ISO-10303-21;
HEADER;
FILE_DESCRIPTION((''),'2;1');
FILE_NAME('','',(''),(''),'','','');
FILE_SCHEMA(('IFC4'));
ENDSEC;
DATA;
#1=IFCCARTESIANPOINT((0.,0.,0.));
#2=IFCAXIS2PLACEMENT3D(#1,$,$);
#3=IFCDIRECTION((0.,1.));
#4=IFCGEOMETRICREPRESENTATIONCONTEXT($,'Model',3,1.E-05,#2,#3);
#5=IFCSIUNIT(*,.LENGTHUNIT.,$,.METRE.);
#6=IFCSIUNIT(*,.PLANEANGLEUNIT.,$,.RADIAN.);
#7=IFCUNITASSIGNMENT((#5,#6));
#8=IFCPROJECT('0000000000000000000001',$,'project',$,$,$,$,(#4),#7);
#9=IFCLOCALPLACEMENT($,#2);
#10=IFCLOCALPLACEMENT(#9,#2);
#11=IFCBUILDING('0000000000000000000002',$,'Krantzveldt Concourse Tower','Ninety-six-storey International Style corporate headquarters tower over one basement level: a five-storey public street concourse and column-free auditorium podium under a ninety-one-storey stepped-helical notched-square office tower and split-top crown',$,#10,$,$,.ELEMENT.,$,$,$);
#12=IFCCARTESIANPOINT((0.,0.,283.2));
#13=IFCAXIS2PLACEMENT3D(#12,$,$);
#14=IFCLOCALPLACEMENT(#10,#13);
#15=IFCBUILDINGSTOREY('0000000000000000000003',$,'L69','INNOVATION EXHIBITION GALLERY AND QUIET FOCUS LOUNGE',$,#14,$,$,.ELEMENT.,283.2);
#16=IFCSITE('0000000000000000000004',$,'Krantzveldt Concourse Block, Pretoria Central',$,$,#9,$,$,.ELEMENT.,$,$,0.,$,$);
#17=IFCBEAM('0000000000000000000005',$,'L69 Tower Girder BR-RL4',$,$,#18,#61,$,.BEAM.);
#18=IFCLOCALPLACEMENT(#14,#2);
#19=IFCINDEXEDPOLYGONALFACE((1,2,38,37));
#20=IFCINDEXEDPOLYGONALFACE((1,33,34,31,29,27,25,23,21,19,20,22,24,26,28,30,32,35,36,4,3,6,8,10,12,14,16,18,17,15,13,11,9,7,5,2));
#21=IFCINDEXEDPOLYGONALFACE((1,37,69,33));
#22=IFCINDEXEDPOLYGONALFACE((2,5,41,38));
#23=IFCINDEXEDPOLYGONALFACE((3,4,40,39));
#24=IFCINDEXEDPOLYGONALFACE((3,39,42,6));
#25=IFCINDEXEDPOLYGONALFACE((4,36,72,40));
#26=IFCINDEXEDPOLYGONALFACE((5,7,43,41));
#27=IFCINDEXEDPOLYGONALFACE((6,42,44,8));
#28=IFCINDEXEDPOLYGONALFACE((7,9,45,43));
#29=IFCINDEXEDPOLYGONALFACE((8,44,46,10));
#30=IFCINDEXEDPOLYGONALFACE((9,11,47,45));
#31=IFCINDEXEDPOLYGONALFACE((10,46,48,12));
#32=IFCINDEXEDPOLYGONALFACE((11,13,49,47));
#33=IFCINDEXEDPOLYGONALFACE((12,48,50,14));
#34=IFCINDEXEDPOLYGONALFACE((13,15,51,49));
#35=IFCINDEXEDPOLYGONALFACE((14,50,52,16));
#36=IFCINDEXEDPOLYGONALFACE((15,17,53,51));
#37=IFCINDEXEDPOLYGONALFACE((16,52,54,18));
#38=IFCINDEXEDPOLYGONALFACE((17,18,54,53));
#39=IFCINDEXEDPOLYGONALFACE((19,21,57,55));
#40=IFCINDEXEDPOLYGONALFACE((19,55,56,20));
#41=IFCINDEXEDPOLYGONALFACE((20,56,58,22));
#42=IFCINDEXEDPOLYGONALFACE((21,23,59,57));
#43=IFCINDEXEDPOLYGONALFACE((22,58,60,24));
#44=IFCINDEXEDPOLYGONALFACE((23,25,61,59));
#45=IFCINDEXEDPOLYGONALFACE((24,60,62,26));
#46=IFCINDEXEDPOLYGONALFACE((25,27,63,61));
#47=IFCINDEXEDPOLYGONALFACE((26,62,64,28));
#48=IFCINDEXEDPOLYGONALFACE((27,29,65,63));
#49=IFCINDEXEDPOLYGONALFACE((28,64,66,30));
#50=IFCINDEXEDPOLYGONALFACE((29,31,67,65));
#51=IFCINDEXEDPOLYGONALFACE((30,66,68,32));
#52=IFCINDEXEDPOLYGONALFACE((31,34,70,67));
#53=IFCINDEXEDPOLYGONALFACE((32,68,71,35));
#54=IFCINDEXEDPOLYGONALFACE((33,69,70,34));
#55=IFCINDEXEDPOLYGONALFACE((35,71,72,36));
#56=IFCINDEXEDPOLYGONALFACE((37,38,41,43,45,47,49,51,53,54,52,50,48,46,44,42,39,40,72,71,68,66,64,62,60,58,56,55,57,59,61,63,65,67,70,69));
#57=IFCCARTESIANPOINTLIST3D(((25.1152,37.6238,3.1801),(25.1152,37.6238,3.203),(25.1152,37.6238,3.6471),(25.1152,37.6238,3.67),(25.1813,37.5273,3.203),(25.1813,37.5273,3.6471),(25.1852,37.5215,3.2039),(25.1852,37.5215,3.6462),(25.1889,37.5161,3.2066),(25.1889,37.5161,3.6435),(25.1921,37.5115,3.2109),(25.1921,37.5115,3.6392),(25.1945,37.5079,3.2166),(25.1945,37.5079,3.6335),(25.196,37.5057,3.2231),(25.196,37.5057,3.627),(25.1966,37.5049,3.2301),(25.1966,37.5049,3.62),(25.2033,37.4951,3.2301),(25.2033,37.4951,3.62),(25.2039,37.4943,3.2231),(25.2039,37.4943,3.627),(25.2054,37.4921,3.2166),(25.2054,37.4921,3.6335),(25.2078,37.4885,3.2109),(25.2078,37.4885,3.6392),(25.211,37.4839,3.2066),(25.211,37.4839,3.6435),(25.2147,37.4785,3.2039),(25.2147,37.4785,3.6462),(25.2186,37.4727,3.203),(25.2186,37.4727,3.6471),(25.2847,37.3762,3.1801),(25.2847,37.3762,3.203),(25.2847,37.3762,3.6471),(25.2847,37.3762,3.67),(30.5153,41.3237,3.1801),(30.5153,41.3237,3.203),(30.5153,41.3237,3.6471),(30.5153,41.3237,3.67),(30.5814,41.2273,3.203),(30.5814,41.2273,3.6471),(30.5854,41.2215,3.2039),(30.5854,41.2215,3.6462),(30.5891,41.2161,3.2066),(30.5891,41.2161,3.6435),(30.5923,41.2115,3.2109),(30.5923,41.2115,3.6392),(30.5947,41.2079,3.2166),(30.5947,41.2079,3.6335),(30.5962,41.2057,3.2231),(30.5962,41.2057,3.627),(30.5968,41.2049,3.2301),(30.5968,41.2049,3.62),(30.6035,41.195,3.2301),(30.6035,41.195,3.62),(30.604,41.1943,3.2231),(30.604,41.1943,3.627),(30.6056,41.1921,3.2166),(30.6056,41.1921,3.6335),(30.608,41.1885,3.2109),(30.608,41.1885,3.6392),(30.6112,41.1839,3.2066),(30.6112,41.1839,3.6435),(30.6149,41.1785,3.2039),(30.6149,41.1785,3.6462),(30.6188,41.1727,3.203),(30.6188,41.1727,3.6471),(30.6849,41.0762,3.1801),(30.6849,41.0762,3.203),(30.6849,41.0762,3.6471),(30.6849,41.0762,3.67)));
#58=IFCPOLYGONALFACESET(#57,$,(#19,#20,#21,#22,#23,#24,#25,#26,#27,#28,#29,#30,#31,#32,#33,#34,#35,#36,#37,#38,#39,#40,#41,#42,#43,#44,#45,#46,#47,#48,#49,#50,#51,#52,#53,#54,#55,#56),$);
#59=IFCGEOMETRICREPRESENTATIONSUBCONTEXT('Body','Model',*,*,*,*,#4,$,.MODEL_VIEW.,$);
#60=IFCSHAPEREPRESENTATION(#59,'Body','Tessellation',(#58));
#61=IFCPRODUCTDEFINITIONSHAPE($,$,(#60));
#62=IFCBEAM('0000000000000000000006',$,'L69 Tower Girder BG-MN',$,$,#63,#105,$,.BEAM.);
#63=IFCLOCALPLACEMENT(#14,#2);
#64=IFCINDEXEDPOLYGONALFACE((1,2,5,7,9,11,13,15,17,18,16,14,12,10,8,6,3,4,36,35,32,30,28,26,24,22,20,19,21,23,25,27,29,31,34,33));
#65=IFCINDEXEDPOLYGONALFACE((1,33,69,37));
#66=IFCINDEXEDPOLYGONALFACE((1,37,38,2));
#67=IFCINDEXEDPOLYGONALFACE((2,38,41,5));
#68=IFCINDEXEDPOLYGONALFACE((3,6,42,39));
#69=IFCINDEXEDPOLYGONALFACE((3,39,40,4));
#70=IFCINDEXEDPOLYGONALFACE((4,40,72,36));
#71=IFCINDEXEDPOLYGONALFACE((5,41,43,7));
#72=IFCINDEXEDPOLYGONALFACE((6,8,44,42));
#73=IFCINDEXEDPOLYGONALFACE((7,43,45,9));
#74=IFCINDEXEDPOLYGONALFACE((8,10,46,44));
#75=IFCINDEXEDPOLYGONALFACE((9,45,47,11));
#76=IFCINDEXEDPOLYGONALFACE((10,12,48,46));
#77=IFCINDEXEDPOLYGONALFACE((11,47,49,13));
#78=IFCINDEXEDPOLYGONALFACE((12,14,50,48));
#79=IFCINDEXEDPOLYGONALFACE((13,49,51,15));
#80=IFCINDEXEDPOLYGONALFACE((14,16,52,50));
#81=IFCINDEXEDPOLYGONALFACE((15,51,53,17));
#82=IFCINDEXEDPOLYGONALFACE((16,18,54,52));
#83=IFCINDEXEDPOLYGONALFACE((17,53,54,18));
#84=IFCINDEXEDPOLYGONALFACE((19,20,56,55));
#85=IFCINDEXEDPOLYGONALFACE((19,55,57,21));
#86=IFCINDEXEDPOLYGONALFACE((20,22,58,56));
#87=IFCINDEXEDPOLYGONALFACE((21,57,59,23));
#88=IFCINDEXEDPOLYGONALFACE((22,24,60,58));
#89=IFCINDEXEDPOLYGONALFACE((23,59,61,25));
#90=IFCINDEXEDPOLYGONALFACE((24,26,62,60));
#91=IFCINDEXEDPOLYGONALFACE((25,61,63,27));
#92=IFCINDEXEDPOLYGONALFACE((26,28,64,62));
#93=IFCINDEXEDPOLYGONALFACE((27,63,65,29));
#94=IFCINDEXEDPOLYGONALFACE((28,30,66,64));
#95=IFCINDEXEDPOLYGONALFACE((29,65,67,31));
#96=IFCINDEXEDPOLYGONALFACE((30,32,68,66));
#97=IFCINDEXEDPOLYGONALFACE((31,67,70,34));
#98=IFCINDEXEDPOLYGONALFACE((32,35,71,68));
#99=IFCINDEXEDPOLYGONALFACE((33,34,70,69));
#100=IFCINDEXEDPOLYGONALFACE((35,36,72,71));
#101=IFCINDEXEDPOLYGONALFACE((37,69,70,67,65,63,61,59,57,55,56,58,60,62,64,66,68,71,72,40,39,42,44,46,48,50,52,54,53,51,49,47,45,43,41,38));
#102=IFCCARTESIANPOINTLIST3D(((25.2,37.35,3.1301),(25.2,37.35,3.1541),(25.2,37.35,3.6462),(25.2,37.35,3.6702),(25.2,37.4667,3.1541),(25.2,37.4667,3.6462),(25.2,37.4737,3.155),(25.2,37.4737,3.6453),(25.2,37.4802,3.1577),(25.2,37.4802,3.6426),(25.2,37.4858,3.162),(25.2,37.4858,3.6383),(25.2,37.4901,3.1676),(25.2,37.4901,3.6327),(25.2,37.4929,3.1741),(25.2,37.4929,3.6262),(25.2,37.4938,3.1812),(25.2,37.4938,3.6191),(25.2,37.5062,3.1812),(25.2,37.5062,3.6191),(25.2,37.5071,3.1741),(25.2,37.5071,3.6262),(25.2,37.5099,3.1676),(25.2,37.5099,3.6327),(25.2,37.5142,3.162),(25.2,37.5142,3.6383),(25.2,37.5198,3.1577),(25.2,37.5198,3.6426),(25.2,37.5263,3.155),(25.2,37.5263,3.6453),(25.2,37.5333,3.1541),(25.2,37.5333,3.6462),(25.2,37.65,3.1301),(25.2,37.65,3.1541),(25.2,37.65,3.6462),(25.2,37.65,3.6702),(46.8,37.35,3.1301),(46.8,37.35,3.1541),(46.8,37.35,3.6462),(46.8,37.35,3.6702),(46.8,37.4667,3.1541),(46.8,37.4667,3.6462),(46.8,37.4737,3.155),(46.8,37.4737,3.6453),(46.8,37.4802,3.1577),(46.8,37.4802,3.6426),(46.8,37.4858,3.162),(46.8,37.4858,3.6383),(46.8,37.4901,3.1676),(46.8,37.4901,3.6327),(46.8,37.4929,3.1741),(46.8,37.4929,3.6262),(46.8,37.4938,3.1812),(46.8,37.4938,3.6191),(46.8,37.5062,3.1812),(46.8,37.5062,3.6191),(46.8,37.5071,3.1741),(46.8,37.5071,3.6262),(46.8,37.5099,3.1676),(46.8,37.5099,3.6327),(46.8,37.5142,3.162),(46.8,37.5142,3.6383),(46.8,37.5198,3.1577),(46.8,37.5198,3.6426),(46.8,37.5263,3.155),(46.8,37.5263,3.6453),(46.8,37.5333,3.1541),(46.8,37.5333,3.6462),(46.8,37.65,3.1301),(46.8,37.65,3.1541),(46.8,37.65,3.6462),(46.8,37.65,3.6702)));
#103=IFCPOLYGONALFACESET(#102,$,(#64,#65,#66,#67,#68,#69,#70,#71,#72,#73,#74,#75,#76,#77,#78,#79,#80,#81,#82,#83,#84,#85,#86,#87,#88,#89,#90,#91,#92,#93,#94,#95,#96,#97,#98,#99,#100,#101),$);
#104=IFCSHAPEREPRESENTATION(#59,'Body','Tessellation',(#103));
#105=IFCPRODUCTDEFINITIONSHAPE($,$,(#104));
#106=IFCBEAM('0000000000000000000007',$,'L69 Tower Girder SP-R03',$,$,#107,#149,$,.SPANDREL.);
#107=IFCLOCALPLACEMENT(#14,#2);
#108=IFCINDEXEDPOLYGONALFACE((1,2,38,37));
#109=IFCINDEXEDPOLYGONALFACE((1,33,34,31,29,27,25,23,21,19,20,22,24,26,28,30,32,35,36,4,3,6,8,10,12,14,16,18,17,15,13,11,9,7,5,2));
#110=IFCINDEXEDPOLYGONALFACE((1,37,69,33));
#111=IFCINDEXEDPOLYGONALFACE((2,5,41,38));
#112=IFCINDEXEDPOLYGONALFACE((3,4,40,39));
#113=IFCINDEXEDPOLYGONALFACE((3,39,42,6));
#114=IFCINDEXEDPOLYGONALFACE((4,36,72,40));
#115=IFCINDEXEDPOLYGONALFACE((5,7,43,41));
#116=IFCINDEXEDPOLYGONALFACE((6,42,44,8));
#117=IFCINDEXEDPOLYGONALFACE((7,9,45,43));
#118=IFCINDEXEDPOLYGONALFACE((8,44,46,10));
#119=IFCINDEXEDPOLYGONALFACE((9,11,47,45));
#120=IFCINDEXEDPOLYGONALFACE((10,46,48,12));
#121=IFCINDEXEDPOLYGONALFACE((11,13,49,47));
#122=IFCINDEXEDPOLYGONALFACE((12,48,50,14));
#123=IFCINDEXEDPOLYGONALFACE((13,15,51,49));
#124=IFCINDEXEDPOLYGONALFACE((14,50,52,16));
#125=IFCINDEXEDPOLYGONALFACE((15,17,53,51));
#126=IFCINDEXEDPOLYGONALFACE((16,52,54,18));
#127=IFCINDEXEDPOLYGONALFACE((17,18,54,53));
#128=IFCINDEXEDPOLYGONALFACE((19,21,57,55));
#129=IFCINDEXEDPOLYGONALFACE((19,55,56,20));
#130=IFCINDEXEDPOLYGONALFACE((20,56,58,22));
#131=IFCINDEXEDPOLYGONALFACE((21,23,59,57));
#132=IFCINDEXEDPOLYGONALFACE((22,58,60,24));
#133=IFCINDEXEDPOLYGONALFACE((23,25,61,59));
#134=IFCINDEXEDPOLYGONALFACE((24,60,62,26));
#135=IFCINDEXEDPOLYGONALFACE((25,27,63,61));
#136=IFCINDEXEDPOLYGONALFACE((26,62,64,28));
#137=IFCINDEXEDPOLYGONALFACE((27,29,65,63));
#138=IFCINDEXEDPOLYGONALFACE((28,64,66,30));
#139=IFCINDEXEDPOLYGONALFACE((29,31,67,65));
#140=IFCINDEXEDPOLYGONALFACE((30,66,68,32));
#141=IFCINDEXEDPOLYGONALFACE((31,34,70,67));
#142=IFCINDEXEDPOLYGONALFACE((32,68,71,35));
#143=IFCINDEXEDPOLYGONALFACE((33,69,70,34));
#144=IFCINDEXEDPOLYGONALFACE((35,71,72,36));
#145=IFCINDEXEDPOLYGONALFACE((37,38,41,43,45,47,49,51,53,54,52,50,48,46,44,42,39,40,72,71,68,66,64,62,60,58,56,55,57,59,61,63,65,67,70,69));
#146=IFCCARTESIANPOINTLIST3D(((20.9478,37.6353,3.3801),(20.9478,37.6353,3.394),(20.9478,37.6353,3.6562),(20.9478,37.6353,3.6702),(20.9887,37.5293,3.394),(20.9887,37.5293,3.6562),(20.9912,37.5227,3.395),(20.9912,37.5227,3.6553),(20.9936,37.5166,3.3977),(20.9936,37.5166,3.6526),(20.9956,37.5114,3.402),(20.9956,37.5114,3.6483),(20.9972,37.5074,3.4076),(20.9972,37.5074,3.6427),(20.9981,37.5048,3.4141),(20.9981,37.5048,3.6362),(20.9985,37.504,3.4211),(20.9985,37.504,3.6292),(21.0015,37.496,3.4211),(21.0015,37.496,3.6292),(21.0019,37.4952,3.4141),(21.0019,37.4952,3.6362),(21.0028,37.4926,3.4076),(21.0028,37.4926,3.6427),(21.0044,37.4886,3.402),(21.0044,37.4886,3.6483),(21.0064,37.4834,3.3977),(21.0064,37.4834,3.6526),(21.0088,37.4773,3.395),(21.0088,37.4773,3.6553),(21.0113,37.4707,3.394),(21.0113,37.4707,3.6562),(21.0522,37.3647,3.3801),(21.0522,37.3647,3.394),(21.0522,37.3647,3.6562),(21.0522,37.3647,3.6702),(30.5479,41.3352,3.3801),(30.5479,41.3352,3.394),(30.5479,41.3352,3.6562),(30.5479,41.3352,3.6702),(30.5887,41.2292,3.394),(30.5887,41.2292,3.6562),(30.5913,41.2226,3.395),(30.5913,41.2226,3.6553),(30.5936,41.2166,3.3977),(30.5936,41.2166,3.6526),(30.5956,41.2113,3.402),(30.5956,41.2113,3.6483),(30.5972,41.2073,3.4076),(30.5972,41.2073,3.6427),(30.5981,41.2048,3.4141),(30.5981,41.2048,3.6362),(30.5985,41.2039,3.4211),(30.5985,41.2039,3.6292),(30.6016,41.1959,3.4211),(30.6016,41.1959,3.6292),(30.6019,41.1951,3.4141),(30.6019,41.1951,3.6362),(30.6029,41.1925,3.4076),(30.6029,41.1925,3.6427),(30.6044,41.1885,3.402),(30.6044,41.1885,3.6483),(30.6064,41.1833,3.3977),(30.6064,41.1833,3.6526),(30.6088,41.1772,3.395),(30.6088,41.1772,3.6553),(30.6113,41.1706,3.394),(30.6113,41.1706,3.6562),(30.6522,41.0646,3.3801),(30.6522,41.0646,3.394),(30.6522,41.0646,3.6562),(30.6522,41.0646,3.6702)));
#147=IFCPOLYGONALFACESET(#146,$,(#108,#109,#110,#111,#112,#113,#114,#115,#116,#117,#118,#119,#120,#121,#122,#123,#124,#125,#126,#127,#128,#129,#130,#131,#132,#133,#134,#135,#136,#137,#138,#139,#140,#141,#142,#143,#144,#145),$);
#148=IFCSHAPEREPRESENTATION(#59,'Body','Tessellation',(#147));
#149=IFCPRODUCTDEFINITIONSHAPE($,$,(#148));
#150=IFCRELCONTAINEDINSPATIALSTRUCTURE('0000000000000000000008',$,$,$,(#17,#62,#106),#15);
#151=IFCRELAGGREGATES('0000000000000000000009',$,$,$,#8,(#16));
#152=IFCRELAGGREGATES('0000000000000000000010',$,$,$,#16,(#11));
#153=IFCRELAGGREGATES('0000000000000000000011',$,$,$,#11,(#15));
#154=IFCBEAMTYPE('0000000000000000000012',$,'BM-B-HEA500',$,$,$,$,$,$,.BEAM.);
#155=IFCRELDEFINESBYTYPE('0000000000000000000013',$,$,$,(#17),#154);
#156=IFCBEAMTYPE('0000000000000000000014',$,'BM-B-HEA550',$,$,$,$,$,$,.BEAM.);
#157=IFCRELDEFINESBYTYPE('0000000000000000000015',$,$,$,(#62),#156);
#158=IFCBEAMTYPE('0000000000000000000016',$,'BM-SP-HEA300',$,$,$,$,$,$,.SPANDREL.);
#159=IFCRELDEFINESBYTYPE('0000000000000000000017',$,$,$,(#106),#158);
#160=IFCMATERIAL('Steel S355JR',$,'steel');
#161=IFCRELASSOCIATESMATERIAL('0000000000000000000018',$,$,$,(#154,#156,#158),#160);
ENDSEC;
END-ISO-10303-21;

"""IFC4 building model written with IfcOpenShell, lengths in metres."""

from ifc_helpers import new_model, si_unit, direction, frame, origin, origin_2d, place, context, subcontext, project, spatial, i_section, extrude, source, transform, mapped, material, material_profile, profile_set, type_object, type_shapes, element, save


model = new_model("IFC4")

# Units and contexts
model_context = context("Model", 3, precision=1e-05, world=origin(), true_north=direction((0.0, 1.0)))
body_context = subcontext(model_context, "Body", "Model", "MODEL_VIEW")
ifc_project = project(units=[si_unit("LENGTHUNIT", "METRE"), si_unit("PLANEANGLEUNIT", "RADIAN")], contexts=[model_context])

# Site, building, storey
site_placement = place(None, origin())
site = spatial("IfcSite", under=ifc_project, at=site_placement, Name="Krantzveldt Concourse Block, Pretoria Central", CompositionType="ELEMENT", RefElevation=0.0)
building_placement = place(site_placement, origin())
building = spatial("IfcBuilding", under=site, at=building_placement, Name="Krantzveldt Concourse Tower", Description="Ninety-six-storey International Style corporate headquarters tower over one basement level: a five-storey public street concourse and column-free auditorium podium under a ninety-one-storey stepped-helical notched-square office tower and split-top crown", CompositionType="ELEMENT")
storey_placement = place(building_placement, frame((0.0, 0.0, 283.2)))
storey = spatial("IfcBuildingStorey", under=building, at=storey_placement, Name="L69", Description="INNOVATION EXHIBITION GALLERY AND QUIET FOCUS LOUNGE", CompositionType="ELEMENT", Elevation=283.2)

# Beams
ifc_material_1 = material(Name="Steel S355JR", Category="steel")
ifc_material_profile_1 = material_profile(ifc_material_1, i_section(OverallWidth=0.3, OverallDepth=0.49, WebThickness=0.012, FlangeThickness=0.0229, FilletRadius=0.0271, at=origin_2d()), Name="Steel S355JR", Category="steel")
ifc_profile_set_1 = profile_set([ifc_material_profile_1], Name="Steel S355JR - HEA 500")
beam_type_1 = type_object("IfcBeamType", Name="BM-B-HEA500", PredefinedType="BEAM", material=ifc_profile_set_1)
shared_shape_1 = source(origin(), body_context, "Body", "SweptSolid", [
    extrude(i_section(OverallWidth=0.3, OverallDepth=0.49, WebThickness=0.012, FlangeThickness=0.0229, FilletRadius=0.0271, at=origin_2d()), origin(), (0.0, 0.0, 1.0), 6.5461),
])
beam_1_placement = place(storey_placement, frame((25.2, 37.5, 3.425), z_axis=(0.824943, 0.565216, 0.0), x_axis=(-0.565216, 0.824943, 0.0)))
element("IfcBeam", 1, at=beam_1_placement, inside=storey, type_object=beam_type_1, Name="L69 Tower Girder BR-RL4", PredefinedType="BEAM", context=body_context, shape_type="MappedRepresentation", body=[
    mapped(shared_shape_1, transform((0.0, 0.0, 0.0), x_axis=(1.0, 0.0, 0.0), y_axis=(0.0, 1.0, 0.0), z_axis=(0.0, 0.0, 1.0), scale=1.0)),
])
ifc_material_profile_2 = material_profile(ifc_material_1, i_section(OverallWidth=0.3, OverallDepth=0.54, WebThickness=0.0125, FlangeThickness=0.0239, FilletRadius=0.0271, at=origin_2d()), Name="Steel S355JR", Category="steel")
ifc_profile_set_2 = profile_set([ifc_material_profile_2], Name="Steel S355JR - HEA 550")
beam_type_2 = type_object("IfcBeamType", Name="BM-B-HEA550", PredefinedType="BEAM", material=ifc_profile_set_2)
shared_shape_2 = source(origin(), body_context, "Body", "SweptSolid", [
    extrude(i_section(OverallWidth=0.3, OverallDepth=0.54, WebThickness=0.0125, FlangeThickness=0.0239, FilletRadius=0.0271, at=origin_2d()), origin(), (0.0, 0.0, 1.0), 21.6001),
])
type_shapes(beam_type_2, [shared_shape_2])
beam_2_placement = place(storey_placement, frame((25.2, 37.5, 3.4001), z_axis=(1.0, 0.0, 0.0), x_axis=(0.0, 1.0, 0.0)))
element("IfcBeam", 2, at=beam_2_placement, inside=storey, type_object=beam_type_2, Name="L69 Tower Girder BG-MN", PredefinedType="BEAM", context=body_context, shape_type="MappedRepresentation", body=[
    mapped(shared_shape_2, transform((0.0, 0.0, 0.0), x_axis=(1.0, 0.0, 0.0), y_axis=(0.0, 1.0, 0.0), z_axis=(0.0, 0.0, 1.0), scale=1.0)),
])
ifc_material_profile_3 = material_profile(ifc_material_1, i_section(OverallWidth=0.29, OverallDepth=0.29, WebThickness=0.0085, FlangeThickness=0.0139, FilletRadius=0.0271, at=origin_2d()), Name="Steel S355JR", Category="steel")
ifc_profile_set_3 = profile_set([ifc_material_profile_3], Name="Steel S355JR - HEA 300")
beam_type_3 = type_object("IfcBeamType", Name="BM-SP-HEA300", PredefinedType="SPANDREL", material=ifc_profile_set_3)
shared_shape_3 = source(origin(), body_context, "Body", "SweptSolid", [
    extrude(i_section(OverallWidth=0.29, OverallDepth=0.29, WebThickness=0.0085, FlangeThickness=0.0139, FilletRadius=0.0271, at=origin_2d()), origin(), (0.0, 0.0, 1.0), 10.2883),
])
beam_3_placement = place(storey_placement, frame((21.0, 37.5, 3.5251), z_axis=(0.933098, 0.359623, 0.0), x_axis=(-0.359623, 0.933098, 0.0)))
element("IfcBeam", 3, at=beam_3_placement, inside=storey, type_object=beam_type_3, Name="L69 Tower Girder SP-R03", PredefinedType="SPANDREL", context=body_context, shape_type="MappedRepresentation", body=[
    mapped(shared_shape_3, transform((0.0, 0.0, 0.0), x_axis=(1.0, 0.0, 0.0), y_axis=(0.0, 1.0, 0.0), z_axis=(0.0, 0.0, 1.0), scale=1.0)),
])

save(model, "model.ifc")
